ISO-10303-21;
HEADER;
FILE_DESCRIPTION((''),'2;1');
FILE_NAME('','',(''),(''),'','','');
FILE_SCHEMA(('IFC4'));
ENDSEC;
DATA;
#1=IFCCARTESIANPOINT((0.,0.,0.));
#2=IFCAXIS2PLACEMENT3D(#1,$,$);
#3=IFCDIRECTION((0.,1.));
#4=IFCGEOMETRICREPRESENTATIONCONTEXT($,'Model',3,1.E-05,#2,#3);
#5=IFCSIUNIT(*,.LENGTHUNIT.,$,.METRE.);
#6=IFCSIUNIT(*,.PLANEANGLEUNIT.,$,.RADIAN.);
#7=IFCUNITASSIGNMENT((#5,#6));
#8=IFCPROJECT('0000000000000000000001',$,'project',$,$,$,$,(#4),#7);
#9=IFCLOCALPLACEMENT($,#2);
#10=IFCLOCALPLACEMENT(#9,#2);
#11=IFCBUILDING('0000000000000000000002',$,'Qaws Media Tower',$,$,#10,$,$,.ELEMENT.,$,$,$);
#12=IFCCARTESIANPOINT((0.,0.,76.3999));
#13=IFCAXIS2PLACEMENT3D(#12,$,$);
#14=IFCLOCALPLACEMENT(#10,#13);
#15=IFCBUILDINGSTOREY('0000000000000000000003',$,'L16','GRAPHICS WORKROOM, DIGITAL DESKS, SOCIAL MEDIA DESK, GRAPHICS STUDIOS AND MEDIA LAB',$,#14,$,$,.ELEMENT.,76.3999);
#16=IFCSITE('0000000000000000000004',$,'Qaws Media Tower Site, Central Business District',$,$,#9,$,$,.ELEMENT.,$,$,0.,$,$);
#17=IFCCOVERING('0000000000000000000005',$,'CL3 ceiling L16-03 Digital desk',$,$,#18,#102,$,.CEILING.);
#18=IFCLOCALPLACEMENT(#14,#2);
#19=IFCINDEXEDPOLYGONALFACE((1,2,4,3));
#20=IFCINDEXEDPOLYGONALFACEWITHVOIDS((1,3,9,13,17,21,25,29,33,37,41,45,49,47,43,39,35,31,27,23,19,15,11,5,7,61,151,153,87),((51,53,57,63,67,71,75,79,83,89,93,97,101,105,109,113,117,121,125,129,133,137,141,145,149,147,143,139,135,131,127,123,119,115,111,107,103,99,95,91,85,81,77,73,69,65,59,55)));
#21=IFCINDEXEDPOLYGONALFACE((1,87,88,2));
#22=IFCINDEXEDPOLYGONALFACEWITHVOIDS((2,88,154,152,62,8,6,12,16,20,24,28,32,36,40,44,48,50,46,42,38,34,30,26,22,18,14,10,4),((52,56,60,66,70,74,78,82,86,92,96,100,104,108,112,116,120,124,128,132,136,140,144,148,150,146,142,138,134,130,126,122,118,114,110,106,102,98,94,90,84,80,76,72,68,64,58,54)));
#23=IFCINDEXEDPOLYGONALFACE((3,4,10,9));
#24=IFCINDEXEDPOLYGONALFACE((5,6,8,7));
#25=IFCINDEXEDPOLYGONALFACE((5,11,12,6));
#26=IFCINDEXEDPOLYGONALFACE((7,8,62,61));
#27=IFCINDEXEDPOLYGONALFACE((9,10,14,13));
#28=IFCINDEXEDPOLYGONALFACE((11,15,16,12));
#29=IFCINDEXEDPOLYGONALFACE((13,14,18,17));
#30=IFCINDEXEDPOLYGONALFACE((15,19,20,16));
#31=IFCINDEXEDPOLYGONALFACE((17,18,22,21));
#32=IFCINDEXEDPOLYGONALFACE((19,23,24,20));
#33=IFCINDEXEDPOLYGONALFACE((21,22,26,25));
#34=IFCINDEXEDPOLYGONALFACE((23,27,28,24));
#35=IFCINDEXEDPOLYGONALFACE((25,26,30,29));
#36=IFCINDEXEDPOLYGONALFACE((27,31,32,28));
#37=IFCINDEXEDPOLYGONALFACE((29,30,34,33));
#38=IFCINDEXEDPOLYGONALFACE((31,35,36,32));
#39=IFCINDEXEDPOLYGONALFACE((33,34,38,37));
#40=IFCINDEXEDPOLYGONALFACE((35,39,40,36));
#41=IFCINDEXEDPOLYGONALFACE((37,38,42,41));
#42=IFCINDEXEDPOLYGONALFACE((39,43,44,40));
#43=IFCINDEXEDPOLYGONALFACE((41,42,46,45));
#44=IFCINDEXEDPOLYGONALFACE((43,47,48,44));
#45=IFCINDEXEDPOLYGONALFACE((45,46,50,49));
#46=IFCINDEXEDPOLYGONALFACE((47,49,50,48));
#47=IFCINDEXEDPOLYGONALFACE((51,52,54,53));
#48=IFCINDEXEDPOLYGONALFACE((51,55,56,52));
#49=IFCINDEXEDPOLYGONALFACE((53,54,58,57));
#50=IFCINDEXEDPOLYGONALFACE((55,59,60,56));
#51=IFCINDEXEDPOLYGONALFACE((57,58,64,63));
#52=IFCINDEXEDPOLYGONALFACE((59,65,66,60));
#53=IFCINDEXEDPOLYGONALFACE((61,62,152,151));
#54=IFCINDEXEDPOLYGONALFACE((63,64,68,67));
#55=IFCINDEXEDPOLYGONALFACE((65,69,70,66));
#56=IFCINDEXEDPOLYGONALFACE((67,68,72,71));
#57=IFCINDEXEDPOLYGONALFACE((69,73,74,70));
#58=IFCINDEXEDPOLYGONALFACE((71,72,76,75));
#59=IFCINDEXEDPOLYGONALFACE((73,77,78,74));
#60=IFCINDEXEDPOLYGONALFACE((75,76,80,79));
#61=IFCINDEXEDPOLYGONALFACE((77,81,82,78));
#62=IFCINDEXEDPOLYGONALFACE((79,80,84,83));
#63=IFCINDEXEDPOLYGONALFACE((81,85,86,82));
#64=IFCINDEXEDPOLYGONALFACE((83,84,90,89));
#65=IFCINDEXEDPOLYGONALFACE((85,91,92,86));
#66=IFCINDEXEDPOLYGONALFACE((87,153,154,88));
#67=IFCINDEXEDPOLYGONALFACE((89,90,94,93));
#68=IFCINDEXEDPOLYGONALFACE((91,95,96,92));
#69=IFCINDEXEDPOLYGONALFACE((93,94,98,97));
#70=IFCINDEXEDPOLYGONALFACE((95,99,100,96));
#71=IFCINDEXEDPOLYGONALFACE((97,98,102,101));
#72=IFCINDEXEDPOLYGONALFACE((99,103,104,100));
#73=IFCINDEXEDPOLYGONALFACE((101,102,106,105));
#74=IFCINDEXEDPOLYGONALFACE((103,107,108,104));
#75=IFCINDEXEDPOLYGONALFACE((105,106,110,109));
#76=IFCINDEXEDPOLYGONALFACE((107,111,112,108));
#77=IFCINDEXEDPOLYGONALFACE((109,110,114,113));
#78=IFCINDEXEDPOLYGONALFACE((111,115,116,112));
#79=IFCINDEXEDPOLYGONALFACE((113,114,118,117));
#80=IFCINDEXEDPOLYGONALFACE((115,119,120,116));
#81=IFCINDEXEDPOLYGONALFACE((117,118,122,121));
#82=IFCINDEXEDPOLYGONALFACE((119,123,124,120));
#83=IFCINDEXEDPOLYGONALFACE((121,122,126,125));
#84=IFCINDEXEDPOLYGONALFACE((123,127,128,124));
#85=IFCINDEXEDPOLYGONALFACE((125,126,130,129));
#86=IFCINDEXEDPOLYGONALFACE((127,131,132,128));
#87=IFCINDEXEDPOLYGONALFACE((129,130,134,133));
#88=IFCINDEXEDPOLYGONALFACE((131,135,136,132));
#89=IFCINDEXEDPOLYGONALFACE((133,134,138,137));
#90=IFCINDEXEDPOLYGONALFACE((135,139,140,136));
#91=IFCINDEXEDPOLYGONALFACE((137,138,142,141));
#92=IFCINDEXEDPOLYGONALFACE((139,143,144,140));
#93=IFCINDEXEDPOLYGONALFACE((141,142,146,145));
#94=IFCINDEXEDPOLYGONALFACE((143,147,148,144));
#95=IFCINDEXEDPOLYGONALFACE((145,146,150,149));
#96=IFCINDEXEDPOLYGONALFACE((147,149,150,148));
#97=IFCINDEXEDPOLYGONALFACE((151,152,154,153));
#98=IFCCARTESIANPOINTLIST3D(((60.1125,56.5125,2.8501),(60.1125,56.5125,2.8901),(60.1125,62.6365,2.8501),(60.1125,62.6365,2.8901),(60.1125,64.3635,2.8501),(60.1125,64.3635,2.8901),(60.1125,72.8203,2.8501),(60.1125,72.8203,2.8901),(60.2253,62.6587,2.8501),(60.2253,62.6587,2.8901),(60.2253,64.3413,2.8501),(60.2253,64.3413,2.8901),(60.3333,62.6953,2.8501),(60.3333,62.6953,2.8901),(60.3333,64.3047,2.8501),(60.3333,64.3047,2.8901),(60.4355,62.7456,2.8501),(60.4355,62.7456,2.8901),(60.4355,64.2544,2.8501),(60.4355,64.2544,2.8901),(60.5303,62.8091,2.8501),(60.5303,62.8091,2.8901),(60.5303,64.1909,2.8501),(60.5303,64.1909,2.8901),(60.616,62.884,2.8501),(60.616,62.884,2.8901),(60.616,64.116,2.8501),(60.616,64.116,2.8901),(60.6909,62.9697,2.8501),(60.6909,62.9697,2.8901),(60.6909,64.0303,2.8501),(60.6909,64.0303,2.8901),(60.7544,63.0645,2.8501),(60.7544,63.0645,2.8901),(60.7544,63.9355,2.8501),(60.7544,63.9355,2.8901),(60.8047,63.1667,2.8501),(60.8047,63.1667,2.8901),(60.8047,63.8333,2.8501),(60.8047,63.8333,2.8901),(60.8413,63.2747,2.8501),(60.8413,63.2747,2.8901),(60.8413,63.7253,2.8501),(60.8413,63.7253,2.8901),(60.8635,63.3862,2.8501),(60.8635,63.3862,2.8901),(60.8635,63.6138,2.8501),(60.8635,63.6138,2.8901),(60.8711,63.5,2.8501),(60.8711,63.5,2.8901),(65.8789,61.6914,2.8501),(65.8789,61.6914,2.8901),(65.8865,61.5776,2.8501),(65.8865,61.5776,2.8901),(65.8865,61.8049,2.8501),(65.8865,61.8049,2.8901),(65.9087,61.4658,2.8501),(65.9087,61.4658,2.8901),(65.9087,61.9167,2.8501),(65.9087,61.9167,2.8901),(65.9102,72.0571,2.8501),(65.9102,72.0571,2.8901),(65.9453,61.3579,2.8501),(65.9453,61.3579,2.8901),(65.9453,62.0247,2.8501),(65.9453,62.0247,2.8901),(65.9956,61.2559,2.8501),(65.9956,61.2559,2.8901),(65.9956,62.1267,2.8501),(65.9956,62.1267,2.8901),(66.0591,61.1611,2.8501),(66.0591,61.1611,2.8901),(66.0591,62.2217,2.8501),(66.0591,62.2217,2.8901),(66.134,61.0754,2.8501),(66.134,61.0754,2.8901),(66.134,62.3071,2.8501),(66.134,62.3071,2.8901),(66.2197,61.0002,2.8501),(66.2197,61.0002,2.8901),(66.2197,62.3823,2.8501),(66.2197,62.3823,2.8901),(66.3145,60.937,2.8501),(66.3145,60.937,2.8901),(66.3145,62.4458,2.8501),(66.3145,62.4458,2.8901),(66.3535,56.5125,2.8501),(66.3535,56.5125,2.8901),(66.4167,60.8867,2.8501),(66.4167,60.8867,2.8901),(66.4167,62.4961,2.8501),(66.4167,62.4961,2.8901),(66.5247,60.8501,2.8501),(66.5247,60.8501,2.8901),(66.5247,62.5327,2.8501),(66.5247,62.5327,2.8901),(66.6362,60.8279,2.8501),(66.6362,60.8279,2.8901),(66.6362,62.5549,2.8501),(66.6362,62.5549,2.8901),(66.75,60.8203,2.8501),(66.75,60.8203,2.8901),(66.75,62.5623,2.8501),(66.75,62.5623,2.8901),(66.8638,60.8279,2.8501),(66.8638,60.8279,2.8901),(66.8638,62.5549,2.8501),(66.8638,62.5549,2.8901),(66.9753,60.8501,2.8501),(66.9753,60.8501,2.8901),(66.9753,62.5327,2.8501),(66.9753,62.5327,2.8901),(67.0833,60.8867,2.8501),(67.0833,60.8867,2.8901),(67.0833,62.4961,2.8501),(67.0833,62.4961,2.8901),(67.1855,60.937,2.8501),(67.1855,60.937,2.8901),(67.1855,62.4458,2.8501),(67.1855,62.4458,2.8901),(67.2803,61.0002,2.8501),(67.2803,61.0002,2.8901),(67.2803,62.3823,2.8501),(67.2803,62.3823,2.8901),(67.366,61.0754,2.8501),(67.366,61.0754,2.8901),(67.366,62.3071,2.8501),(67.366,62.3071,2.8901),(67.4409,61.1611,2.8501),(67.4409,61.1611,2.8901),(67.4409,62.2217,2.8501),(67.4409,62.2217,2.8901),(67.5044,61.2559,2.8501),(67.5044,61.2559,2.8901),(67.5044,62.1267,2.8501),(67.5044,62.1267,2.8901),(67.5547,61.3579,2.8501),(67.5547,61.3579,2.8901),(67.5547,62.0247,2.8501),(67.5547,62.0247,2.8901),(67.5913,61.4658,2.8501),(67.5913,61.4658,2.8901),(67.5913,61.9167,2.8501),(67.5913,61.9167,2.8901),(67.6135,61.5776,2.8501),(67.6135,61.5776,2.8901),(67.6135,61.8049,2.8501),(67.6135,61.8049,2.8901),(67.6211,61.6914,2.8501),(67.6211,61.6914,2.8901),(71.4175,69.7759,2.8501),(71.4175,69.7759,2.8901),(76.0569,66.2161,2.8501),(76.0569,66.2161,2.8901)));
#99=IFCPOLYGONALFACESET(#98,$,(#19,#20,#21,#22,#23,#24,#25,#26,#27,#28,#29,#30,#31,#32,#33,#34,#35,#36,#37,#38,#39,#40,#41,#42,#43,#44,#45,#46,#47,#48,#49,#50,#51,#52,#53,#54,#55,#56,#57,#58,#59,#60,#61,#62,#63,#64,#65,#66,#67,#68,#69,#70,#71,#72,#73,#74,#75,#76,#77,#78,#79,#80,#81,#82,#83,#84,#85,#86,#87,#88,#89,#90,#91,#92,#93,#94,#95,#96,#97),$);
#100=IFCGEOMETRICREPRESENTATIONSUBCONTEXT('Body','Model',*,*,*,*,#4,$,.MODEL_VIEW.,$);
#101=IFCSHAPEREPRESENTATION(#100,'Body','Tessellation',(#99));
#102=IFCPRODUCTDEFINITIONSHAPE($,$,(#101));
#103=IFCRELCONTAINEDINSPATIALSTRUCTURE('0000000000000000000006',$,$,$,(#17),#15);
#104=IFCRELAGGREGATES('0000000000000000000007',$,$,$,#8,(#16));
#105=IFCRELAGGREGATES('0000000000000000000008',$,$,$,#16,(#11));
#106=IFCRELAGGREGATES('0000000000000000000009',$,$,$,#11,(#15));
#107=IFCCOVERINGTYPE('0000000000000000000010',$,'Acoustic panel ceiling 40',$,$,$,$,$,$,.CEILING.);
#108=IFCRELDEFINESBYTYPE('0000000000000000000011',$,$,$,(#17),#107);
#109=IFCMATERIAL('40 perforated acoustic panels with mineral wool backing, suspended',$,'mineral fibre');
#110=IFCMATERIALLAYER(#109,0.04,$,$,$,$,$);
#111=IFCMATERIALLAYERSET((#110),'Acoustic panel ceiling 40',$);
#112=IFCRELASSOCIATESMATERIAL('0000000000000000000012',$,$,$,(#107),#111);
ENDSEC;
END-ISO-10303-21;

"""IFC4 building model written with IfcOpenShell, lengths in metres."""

from ifc_helpers import new_model, si_unit, direction, frame, origin, place, context, subcontext, project, spatial, polyline, outline, extrude, material, layer, layer_set, type_object, element, save


model = new_model("IFC4")

# Units and contexts
model_context = context("Model", 3, precision=1e-05, world=origin(), true_north=direction((0.0, 1.0)))
body_context = subcontext(model_context, "Body", "Model", "MODEL_VIEW")
ifc_project = project(units=[si_unit("LENGTHUNIT", "METRE"), si_unit("PLANEANGLEUNIT", "RADIAN")], contexts=[model_context])

# Site, building, storey
site_placement = place(None, origin())
site = spatial("IfcSite", under=ifc_project, at=site_placement, Name="Qaws Media Tower Site, Central Business District", CompositionType="ELEMENT", RefElevation=0.0)
building_placement = place(site_placement, origin())
building = spatial("IfcBuilding", under=site, at=building_placement, Name="Qaws Media Tower", CompositionType="ELEMENT")
storey_placement = place(building_placement, frame((0.0, 0.0, 76.3999)))
storey = spatial("IfcBuildingStorey", under=building, at=storey_placement, Name="L16", Description="GRAPHICS WORKROOM, DIGITAL DESKS, SOCIAL MEDIA DESK, GRAPHICS STUDIOS AND MEDIA LAB", CompositionType="ELEMENT", Elevation=76.3999)

# Covering
ifc_material_1 = material(Name="40 perforated acoustic panels with mineral wool backing, suspended", Category="mineral fibre")
ifc_layer_1 = layer(ifc_material_1, 0.04)
ifc_layer_set_1 = layer_set([ifc_layer_1], Name="Acoustic panel ceiling 40")
covering_type_1 = type_object("IfcCoveringType", Name="Acoustic panel ceiling 40", PredefinedType="CEILING", material=ifc_layer_set_1)
covering_1_placement = place(storey_placement, frame((0.0, 0.0, 2.8501)))
element("IfcCovering", 1, at=covering_1_placement, inside=storey, type_object=covering_type_1, Name="CL3 ceiling L16-03 Digital desk", PredefinedType="CEILING", context=body_context, shape_type="SweptSolid", body=[
    extrude(outline(polyline([(65.9102, 72.0571), (71.4175, 69.7759), (76.0569, 66.2161), (66.3535, 56.5125), (60.1125, 56.5125), (60.1125, 62.6365), (60.2253, 62.6587), (60.3333, 62.6953), (60.4355, 62.7456), (60.5303, 62.8091), (60.616, 62.884), (60.6909, 62.9697), (60.7544, 63.0645), (60.8047, 63.1667), (60.8413, 63.2747), (60.8635, 63.3862), (60.8711, 63.5), (60.8635, 63.6138), (60.8413, 63.7253), (60.8047, 63.8333), (60.7544, 63.9355), (60.6909, 64.0303), (60.616, 64.116), (60.5303, 64.1909), (60.4355, 64.2544), (60.3333, 64.3047), (60.2253, 64.3413), (60.1125, 64.3635), (60.1125, 72.8203), (65.9102, 72.0571)]), holes=[polyline([(67.5547, 61.3579), (67.5913, 61.4658), (67.6135, 61.5776), (67.6211, 61.6914), (67.6135, 61.8049), (67.5913, 61.9167), (67.5547, 62.0247), (67.5044, 62.1267), (67.4409, 62.2217), (67.366, 62.3071), (67.2803, 62.3823), (67.1855, 62.4458), (67.0833, 62.4961), (66.9753, 62.5327), (66.8638, 62.5549), (66.75, 62.5623), (66.6362, 62.5549), (66.5247, 62.5327), (66.4167, 62.4961), (66.3145, 62.4458), (66.2197, 62.3823), (66.134, 62.3071), (66.0591, 62.2217), (65.9956, 62.1267), (65.9453, 62.0247), (65.9087, 61.9167), (65.8865, 61.8049), (65.8789, 61.6914), (65.8865, 61.5776), (65.9087, 61.4658), (65.9453, 61.3579), (65.9956, 61.2559), (66.0591, 61.1611), (66.134, 61.0754), (66.2197, 61.0002), (66.3145, 60.937), (66.4167, 60.8867), (66.5247, 60.8501), (66.6362, 60.8279), (66.75, 60.8203), (66.8638, 60.8279), (66.9753, 60.8501), (67.0833, 60.8867), (67.1855, 60.937), (67.2803, 61.0002), (67.366, 61.0754), (67.4409, 61.1611), (67.5044, 61.2559), (67.5547, 61.3579)])]), origin(), (0.0, 0.0, 1.0), 0.04),
])

save(model, "model.ifc")
